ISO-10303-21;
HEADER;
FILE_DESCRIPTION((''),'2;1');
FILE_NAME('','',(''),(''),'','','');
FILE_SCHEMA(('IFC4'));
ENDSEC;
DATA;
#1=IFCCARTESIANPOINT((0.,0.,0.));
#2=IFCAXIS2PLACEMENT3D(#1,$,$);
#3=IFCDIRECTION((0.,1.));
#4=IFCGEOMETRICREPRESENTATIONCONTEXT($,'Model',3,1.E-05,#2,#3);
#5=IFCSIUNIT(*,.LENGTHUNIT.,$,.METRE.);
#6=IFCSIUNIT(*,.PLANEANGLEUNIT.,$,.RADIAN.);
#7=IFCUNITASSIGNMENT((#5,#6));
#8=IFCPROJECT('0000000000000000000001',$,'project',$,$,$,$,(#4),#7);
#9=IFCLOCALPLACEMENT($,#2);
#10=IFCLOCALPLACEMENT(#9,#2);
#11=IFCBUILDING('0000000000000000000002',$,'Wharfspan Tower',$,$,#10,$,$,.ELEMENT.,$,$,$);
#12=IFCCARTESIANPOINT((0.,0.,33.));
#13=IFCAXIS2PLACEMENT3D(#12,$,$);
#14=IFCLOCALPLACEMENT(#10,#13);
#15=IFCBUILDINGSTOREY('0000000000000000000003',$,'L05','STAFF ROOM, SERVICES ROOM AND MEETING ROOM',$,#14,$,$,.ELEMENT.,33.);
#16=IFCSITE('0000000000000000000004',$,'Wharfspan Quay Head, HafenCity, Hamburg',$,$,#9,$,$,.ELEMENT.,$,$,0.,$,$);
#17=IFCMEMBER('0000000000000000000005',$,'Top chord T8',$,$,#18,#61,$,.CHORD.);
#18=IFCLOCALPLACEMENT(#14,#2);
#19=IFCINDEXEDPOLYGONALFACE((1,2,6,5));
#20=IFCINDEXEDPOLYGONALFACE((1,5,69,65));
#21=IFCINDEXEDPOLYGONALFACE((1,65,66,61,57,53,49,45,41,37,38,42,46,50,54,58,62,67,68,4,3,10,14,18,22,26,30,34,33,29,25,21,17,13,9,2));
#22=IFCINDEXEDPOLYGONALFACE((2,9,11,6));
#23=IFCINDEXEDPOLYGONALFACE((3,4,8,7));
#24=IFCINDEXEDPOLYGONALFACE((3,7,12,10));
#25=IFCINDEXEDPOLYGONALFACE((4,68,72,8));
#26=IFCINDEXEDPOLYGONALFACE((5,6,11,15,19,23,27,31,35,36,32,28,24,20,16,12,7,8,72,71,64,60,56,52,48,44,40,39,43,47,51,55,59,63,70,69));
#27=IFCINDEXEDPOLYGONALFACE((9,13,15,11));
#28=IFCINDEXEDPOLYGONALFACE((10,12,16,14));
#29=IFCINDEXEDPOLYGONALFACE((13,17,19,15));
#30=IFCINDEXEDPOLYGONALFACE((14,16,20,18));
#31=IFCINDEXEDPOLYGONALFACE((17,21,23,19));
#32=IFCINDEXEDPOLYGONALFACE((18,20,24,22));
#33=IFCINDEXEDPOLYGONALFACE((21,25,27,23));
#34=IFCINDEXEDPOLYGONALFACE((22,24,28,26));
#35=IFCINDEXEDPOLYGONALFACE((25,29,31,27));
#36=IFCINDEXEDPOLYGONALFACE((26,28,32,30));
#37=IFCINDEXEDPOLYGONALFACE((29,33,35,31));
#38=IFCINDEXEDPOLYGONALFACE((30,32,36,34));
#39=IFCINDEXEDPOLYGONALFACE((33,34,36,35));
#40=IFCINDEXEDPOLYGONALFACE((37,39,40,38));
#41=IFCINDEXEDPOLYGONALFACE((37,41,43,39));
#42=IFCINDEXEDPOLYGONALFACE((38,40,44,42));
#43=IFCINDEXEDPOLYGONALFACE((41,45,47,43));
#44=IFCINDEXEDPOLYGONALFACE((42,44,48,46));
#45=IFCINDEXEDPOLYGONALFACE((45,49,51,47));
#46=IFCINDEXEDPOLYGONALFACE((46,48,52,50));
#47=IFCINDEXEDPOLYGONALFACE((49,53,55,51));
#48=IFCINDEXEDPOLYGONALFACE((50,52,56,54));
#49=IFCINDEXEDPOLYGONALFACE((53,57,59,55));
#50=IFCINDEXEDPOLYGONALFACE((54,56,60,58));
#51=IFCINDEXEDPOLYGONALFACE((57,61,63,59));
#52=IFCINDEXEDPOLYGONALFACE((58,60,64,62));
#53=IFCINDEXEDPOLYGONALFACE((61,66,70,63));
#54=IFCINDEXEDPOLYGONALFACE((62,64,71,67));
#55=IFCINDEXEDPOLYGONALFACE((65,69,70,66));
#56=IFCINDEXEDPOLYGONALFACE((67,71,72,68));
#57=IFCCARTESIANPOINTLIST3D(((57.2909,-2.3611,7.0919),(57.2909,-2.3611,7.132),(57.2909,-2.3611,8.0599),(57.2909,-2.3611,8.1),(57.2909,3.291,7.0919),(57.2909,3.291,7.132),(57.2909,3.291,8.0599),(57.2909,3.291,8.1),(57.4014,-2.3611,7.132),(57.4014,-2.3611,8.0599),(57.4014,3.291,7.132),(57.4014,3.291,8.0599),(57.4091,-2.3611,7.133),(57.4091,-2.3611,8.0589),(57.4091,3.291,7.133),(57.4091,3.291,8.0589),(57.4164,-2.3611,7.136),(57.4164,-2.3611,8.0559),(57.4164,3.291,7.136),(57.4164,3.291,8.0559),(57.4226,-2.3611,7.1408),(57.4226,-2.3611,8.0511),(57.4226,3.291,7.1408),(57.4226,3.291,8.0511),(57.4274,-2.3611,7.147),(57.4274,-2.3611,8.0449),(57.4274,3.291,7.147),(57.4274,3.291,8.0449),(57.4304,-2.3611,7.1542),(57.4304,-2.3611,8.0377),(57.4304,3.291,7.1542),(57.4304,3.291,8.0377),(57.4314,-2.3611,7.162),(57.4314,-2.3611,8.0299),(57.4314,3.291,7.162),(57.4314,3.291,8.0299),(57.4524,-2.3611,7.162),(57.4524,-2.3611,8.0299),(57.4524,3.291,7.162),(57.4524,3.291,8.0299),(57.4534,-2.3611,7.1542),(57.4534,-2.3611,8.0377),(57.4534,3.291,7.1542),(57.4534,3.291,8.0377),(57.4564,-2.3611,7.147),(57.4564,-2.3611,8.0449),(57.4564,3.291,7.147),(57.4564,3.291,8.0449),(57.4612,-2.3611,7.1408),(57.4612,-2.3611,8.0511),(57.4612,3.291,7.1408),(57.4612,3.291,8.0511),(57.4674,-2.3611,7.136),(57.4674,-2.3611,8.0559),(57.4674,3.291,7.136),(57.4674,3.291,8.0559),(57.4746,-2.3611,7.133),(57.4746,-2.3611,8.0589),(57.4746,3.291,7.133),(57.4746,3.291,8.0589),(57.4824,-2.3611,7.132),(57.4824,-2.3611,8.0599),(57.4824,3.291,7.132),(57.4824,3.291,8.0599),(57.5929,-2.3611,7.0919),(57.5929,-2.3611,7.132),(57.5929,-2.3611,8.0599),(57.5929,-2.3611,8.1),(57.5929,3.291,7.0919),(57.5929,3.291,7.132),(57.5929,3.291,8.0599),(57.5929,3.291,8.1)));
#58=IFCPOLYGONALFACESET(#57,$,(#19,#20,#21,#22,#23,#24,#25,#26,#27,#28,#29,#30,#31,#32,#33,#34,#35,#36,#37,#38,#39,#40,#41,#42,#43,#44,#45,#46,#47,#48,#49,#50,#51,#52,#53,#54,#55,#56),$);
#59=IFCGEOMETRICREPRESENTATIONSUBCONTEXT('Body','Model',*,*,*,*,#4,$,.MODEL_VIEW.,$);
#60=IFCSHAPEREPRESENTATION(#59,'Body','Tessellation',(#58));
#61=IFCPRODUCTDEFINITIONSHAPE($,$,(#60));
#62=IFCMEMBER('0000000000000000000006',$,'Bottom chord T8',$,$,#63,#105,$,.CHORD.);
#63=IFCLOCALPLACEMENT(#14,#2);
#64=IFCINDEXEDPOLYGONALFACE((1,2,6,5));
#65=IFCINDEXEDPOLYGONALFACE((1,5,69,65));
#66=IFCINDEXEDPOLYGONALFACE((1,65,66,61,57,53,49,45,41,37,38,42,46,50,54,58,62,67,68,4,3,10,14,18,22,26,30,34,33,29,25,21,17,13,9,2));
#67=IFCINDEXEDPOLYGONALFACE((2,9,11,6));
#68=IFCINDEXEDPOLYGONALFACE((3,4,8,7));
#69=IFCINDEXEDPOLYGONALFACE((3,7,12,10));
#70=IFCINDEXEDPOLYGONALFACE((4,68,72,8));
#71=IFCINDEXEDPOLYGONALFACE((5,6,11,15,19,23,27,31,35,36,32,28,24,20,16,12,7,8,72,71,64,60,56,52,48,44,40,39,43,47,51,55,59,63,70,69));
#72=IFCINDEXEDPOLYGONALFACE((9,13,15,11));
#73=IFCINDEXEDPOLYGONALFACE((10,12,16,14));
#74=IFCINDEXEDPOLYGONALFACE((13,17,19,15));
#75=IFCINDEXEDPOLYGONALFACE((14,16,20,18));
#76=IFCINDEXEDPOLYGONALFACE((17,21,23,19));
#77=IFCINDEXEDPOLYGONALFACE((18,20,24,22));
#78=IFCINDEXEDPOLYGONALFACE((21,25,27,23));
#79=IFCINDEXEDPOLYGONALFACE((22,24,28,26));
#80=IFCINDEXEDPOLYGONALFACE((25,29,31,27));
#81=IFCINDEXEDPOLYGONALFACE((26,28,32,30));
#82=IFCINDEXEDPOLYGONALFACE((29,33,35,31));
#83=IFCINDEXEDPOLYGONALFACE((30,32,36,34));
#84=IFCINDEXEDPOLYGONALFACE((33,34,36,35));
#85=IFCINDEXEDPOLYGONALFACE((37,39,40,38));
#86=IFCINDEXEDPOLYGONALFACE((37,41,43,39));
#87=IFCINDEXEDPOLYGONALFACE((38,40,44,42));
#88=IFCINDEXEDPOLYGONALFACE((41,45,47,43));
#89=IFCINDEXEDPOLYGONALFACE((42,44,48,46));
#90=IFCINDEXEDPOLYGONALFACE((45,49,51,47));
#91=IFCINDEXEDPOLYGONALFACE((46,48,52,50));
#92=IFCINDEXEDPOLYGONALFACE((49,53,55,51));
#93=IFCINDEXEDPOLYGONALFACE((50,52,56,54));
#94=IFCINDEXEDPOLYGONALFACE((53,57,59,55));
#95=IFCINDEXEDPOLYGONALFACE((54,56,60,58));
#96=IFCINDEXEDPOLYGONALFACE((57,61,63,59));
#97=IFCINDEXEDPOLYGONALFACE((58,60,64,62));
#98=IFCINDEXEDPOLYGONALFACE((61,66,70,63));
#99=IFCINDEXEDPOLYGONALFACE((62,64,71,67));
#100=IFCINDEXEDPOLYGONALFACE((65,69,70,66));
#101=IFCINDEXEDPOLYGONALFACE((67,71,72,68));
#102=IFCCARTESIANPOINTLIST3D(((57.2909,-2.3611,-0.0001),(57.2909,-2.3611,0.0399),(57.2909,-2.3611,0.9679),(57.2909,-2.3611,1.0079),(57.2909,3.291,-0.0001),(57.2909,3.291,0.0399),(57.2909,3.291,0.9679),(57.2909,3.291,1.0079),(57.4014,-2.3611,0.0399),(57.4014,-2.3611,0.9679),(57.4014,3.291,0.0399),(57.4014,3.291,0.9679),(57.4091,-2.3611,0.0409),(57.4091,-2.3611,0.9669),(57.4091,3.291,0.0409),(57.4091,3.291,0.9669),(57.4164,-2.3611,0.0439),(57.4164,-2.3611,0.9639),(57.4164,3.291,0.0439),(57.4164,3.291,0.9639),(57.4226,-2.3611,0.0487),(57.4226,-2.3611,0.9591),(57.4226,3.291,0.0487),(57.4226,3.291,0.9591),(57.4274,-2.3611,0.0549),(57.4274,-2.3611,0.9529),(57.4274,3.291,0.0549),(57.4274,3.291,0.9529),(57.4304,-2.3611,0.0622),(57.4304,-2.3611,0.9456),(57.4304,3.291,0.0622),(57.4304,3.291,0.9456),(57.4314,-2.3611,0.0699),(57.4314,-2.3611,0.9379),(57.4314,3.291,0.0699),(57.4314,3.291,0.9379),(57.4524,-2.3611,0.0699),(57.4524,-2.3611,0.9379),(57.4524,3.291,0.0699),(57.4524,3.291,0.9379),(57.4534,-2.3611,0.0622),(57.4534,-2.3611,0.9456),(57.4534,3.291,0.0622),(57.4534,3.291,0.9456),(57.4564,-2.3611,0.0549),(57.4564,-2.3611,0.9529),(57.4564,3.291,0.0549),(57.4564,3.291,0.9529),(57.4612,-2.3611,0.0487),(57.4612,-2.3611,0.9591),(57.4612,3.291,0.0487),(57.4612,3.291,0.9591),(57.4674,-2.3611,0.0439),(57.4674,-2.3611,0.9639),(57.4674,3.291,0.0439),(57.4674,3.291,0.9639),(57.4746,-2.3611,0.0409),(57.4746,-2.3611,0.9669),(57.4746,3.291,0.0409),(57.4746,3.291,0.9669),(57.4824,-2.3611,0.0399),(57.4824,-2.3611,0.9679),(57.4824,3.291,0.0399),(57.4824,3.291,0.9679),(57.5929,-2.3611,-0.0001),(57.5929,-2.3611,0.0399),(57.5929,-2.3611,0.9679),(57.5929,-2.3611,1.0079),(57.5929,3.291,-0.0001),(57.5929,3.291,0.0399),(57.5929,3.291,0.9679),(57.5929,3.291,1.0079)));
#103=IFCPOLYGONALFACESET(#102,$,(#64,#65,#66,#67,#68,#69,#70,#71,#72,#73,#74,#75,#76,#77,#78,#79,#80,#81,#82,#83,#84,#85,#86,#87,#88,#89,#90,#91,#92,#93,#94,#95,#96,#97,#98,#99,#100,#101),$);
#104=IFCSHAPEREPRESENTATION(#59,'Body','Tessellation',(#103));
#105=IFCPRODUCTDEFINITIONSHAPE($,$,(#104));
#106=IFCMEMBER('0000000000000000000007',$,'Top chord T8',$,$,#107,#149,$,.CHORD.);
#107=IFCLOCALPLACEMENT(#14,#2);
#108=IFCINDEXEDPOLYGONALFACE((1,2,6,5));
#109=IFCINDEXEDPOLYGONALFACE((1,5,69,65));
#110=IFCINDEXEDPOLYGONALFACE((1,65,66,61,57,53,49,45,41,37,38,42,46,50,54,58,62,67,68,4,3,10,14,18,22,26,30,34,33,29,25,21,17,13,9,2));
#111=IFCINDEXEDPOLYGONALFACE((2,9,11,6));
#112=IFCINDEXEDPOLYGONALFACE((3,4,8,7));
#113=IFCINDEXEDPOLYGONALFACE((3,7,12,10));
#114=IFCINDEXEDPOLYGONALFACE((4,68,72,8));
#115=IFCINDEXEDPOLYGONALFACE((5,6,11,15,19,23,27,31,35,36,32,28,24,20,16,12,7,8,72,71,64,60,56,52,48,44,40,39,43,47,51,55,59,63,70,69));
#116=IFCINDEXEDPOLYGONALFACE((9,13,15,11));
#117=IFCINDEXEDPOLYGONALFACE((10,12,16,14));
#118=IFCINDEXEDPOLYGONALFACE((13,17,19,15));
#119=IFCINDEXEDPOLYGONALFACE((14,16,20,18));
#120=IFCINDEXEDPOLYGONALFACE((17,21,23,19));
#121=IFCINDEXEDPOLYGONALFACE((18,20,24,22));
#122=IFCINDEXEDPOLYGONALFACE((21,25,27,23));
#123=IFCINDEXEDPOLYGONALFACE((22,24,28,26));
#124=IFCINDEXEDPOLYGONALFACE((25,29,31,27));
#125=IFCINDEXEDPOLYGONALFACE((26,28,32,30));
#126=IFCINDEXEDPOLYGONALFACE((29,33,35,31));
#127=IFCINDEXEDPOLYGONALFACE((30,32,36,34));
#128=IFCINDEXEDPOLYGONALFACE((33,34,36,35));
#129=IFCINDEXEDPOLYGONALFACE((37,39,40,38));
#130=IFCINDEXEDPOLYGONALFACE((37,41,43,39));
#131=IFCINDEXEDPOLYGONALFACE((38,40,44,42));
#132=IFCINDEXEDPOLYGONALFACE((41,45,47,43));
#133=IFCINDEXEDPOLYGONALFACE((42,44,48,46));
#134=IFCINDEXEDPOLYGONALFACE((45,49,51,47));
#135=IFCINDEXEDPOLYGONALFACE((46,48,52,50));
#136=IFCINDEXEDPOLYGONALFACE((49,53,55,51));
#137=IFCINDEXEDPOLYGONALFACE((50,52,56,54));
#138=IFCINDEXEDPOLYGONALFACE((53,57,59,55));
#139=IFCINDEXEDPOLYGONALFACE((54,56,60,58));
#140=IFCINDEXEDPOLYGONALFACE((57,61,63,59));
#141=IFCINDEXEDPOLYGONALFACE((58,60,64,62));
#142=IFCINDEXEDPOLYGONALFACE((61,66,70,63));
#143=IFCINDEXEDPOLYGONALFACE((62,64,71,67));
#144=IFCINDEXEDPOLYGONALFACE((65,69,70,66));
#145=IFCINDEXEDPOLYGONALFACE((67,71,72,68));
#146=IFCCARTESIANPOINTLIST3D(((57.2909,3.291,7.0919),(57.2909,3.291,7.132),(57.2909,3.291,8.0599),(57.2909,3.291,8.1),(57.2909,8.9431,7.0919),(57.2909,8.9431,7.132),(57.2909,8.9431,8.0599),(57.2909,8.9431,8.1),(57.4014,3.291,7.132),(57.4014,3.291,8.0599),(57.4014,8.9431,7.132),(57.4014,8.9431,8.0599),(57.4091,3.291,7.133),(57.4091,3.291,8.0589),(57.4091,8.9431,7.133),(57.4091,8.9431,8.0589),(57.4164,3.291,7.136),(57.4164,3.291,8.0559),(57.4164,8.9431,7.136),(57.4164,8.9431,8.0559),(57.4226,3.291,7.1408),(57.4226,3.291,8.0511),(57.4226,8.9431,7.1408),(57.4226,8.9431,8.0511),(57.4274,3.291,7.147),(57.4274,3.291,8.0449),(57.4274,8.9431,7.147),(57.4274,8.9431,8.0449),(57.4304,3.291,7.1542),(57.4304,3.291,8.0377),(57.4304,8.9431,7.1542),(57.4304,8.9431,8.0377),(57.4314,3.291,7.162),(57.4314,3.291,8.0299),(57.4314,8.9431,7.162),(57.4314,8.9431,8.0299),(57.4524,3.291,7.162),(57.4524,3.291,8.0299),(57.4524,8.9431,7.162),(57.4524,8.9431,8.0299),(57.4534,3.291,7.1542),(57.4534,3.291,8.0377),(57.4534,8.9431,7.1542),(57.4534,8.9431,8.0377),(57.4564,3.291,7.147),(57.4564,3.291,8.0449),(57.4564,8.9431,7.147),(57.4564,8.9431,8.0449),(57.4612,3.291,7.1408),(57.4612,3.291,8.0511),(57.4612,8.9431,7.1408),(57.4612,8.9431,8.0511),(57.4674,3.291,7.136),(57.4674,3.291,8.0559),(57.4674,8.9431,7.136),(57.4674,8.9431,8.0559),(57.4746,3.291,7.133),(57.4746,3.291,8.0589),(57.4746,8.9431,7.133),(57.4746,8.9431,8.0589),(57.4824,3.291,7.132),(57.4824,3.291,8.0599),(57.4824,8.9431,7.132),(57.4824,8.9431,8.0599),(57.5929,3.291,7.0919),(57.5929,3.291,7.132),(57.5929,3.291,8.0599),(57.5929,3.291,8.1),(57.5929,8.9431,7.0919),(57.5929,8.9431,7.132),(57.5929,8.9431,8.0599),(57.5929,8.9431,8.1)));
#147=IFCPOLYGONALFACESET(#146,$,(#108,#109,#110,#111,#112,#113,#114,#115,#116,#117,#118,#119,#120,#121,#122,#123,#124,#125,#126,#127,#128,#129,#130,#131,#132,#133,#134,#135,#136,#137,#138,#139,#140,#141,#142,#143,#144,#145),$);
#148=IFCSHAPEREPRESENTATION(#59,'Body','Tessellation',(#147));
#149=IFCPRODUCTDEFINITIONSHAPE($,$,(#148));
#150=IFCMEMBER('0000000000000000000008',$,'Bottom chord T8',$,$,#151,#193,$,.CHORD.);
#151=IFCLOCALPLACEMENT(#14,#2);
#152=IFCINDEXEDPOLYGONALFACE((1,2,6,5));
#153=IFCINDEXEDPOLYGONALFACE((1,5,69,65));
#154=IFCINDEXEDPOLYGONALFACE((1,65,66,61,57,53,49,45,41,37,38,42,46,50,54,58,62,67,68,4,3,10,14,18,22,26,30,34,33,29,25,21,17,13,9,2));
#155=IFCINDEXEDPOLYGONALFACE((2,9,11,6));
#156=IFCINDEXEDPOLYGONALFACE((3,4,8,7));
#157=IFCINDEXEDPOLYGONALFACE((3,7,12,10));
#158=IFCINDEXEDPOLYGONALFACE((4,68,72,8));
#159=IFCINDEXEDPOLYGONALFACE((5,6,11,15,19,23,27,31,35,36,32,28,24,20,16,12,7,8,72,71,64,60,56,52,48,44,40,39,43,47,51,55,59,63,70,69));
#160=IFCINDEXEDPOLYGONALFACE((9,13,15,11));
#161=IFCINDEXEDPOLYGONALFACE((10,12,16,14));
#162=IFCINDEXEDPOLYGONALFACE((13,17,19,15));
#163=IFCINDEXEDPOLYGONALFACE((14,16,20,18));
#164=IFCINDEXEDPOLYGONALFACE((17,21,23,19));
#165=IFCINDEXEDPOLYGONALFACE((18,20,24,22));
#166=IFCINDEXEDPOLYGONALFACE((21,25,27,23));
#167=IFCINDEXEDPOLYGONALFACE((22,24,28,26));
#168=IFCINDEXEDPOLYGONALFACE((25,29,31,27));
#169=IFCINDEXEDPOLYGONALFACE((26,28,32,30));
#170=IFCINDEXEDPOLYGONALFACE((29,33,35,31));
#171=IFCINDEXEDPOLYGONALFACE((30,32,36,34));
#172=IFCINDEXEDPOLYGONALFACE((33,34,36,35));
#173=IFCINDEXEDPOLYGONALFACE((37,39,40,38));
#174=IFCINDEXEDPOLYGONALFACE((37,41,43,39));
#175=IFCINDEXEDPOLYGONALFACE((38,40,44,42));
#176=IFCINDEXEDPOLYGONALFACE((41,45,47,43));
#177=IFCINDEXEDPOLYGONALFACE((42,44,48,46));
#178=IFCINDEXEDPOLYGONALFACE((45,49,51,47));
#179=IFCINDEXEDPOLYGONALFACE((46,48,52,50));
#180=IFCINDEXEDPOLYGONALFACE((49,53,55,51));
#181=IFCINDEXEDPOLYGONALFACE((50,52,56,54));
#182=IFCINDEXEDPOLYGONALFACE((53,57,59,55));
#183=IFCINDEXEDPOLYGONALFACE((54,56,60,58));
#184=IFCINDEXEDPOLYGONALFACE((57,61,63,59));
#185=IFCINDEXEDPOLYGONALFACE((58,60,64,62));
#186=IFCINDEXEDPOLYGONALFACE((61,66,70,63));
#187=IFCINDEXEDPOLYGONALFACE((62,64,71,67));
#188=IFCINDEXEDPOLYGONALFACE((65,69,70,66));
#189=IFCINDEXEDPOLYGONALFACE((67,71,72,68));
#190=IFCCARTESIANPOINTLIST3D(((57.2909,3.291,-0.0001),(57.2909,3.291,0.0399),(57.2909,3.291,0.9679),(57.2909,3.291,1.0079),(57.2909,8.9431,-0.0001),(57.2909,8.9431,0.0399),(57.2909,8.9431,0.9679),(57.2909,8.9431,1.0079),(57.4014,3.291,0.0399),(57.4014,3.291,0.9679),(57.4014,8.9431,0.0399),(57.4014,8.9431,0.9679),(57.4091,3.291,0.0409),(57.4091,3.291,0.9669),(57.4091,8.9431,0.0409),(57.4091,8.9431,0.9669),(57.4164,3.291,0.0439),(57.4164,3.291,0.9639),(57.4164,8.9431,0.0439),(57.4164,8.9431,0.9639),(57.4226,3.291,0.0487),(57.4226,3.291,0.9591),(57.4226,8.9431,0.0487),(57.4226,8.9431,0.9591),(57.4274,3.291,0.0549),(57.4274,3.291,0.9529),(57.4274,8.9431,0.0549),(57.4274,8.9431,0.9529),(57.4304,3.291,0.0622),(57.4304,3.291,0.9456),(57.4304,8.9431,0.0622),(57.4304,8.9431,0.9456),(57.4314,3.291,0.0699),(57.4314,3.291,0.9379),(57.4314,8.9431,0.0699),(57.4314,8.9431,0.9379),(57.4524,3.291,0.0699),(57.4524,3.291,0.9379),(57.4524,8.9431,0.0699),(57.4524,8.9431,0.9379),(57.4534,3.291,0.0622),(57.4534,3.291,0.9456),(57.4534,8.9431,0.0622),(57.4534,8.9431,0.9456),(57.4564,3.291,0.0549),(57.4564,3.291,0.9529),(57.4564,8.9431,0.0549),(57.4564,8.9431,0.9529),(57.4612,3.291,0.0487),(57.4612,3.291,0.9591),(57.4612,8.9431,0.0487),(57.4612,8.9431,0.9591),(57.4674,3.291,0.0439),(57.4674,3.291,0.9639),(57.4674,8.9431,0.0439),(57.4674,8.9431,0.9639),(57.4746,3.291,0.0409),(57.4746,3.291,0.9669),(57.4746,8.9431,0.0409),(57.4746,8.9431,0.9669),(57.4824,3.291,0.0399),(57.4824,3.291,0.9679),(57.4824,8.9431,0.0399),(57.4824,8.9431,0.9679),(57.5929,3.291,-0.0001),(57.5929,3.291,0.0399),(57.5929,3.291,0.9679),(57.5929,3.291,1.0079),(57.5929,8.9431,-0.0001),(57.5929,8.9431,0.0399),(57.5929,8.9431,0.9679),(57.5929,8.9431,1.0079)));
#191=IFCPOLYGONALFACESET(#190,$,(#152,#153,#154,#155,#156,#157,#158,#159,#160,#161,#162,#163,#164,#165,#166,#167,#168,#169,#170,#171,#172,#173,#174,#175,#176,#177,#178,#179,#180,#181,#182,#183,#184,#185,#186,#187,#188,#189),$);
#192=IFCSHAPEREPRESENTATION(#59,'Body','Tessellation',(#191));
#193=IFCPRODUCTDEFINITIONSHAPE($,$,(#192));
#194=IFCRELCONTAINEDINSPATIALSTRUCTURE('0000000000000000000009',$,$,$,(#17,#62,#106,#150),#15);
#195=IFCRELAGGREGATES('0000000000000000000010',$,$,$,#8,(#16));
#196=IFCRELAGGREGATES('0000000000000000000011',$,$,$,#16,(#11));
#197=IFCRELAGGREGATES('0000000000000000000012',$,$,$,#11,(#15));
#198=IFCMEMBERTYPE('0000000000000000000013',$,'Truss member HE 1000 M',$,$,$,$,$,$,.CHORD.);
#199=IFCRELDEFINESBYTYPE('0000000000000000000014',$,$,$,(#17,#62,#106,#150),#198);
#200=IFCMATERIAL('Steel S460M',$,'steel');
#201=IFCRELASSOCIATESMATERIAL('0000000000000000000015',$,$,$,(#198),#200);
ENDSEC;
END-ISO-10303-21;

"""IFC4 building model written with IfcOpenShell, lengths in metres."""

from ifc_helpers import new_model, si_unit, direction, frame, origin, origin_2d, place, context, subcontext, project, spatial, i_section, extrude, material, material_profile, profile_set, type_object, element, save


model = new_model("IFC4")

# Units and contexts
model_context = context("Model", 3, precision=1e-05, world=origin(), true_north=direction((0.0, 1.0)))
body_context = subcontext(model_context, "Body", "Model", "MODEL_VIEW")
ifc_project = project(units=[si_unit("LENGTHUNIT", "METRE"), si_unit("PLANEANGLEUNIT", "RADIAN")], contexts=[model_context])

# Site, building, storey
site_placement = place(None, origin())
site = spatial("IfcSite", under=ifc_project, at=site_placement, Name="Wharfspan Quay Head, HafenCity, Hamburg", CompositionType="ELEMENT", RefElevation=0.0)
building_placement = place(site_placement, origin())
building = spatial("IfcBuilding", under=site, at=building_placement, Name="Wharfspan Tower", CompositionType="ELEMENT")
storey_placement = place(building_placement, frame((0.0, 0.0, 33.0)))
storey = spatial("IfcBuildingStorey", under=building, at=storey_placement, Name="L05", Description="STAFF ROOM, SERVICES ROOM AND MEETING ROOM", CompositionType="ELEMENT", Elevation=33.0)

# Members
ifc_material_1 = material(Name="Steel S460M", Category="steel")
ifc_material_profile_1 = material_profile(ifc_material_1, i_section(OverallWidth=0.302, OverallDepth=1.0081, WebThickness=0.021, FlangeThickness=0.04, FilletRadius=0.03, at=origin_2d()))
ifc_profile_set_1 = profile_set([ifc_material_profile_1], Name="Steel S460M")
member_type_1 = type_object("IfcMemberType", Name="Truss member HE 1000 M", PredefinedType="CHORD", material=ifc_profile_set_1)
for number, where, z_axis, x_axis, name in (
    (1, (57.4419, -2.3611, 7.5959), (0.0, 1.0, 0.0), (-1.0, 0.0, 0.0), "Top chord T8"),
    (2, (57.4419, -2.3611, 0.5039), (0.0, 1.0, 0.0), (-1.0, 0.0, 0.0), "Bottom chord T8"),
    (3, (57.4419, 3.291, 7.5959), (0.0, 1.0, 0.0), (-1.0, 0.0, 0.0), "Top chord T8"),
    (4, (57.4419, 3.291, 0.5039), (0.0, 1.0, 0.0), (-1.0, 0.0, 0.0), "Bottom chord T8"),
):
    element("IfcMember", number, at=place(storey_placement, frame(where, z_axis=z_axis, x_axis=x_axis)), inside=storey, type_object=member_type_1, Name=name, PredefinedType="CHORD", context=body_context, shape_type="SweptSolid", body=[
        extrude(i_section(OverallWidth=0.302, OverallDepth=1.0081, WebThickness=0.021, FlangeThickness=0.04, FilletRadius=0.03, at=origin_2d()), origin(), (0.0, 0.0, 1.0), 5.6521),
    ])

save(model, "model.ifc")
